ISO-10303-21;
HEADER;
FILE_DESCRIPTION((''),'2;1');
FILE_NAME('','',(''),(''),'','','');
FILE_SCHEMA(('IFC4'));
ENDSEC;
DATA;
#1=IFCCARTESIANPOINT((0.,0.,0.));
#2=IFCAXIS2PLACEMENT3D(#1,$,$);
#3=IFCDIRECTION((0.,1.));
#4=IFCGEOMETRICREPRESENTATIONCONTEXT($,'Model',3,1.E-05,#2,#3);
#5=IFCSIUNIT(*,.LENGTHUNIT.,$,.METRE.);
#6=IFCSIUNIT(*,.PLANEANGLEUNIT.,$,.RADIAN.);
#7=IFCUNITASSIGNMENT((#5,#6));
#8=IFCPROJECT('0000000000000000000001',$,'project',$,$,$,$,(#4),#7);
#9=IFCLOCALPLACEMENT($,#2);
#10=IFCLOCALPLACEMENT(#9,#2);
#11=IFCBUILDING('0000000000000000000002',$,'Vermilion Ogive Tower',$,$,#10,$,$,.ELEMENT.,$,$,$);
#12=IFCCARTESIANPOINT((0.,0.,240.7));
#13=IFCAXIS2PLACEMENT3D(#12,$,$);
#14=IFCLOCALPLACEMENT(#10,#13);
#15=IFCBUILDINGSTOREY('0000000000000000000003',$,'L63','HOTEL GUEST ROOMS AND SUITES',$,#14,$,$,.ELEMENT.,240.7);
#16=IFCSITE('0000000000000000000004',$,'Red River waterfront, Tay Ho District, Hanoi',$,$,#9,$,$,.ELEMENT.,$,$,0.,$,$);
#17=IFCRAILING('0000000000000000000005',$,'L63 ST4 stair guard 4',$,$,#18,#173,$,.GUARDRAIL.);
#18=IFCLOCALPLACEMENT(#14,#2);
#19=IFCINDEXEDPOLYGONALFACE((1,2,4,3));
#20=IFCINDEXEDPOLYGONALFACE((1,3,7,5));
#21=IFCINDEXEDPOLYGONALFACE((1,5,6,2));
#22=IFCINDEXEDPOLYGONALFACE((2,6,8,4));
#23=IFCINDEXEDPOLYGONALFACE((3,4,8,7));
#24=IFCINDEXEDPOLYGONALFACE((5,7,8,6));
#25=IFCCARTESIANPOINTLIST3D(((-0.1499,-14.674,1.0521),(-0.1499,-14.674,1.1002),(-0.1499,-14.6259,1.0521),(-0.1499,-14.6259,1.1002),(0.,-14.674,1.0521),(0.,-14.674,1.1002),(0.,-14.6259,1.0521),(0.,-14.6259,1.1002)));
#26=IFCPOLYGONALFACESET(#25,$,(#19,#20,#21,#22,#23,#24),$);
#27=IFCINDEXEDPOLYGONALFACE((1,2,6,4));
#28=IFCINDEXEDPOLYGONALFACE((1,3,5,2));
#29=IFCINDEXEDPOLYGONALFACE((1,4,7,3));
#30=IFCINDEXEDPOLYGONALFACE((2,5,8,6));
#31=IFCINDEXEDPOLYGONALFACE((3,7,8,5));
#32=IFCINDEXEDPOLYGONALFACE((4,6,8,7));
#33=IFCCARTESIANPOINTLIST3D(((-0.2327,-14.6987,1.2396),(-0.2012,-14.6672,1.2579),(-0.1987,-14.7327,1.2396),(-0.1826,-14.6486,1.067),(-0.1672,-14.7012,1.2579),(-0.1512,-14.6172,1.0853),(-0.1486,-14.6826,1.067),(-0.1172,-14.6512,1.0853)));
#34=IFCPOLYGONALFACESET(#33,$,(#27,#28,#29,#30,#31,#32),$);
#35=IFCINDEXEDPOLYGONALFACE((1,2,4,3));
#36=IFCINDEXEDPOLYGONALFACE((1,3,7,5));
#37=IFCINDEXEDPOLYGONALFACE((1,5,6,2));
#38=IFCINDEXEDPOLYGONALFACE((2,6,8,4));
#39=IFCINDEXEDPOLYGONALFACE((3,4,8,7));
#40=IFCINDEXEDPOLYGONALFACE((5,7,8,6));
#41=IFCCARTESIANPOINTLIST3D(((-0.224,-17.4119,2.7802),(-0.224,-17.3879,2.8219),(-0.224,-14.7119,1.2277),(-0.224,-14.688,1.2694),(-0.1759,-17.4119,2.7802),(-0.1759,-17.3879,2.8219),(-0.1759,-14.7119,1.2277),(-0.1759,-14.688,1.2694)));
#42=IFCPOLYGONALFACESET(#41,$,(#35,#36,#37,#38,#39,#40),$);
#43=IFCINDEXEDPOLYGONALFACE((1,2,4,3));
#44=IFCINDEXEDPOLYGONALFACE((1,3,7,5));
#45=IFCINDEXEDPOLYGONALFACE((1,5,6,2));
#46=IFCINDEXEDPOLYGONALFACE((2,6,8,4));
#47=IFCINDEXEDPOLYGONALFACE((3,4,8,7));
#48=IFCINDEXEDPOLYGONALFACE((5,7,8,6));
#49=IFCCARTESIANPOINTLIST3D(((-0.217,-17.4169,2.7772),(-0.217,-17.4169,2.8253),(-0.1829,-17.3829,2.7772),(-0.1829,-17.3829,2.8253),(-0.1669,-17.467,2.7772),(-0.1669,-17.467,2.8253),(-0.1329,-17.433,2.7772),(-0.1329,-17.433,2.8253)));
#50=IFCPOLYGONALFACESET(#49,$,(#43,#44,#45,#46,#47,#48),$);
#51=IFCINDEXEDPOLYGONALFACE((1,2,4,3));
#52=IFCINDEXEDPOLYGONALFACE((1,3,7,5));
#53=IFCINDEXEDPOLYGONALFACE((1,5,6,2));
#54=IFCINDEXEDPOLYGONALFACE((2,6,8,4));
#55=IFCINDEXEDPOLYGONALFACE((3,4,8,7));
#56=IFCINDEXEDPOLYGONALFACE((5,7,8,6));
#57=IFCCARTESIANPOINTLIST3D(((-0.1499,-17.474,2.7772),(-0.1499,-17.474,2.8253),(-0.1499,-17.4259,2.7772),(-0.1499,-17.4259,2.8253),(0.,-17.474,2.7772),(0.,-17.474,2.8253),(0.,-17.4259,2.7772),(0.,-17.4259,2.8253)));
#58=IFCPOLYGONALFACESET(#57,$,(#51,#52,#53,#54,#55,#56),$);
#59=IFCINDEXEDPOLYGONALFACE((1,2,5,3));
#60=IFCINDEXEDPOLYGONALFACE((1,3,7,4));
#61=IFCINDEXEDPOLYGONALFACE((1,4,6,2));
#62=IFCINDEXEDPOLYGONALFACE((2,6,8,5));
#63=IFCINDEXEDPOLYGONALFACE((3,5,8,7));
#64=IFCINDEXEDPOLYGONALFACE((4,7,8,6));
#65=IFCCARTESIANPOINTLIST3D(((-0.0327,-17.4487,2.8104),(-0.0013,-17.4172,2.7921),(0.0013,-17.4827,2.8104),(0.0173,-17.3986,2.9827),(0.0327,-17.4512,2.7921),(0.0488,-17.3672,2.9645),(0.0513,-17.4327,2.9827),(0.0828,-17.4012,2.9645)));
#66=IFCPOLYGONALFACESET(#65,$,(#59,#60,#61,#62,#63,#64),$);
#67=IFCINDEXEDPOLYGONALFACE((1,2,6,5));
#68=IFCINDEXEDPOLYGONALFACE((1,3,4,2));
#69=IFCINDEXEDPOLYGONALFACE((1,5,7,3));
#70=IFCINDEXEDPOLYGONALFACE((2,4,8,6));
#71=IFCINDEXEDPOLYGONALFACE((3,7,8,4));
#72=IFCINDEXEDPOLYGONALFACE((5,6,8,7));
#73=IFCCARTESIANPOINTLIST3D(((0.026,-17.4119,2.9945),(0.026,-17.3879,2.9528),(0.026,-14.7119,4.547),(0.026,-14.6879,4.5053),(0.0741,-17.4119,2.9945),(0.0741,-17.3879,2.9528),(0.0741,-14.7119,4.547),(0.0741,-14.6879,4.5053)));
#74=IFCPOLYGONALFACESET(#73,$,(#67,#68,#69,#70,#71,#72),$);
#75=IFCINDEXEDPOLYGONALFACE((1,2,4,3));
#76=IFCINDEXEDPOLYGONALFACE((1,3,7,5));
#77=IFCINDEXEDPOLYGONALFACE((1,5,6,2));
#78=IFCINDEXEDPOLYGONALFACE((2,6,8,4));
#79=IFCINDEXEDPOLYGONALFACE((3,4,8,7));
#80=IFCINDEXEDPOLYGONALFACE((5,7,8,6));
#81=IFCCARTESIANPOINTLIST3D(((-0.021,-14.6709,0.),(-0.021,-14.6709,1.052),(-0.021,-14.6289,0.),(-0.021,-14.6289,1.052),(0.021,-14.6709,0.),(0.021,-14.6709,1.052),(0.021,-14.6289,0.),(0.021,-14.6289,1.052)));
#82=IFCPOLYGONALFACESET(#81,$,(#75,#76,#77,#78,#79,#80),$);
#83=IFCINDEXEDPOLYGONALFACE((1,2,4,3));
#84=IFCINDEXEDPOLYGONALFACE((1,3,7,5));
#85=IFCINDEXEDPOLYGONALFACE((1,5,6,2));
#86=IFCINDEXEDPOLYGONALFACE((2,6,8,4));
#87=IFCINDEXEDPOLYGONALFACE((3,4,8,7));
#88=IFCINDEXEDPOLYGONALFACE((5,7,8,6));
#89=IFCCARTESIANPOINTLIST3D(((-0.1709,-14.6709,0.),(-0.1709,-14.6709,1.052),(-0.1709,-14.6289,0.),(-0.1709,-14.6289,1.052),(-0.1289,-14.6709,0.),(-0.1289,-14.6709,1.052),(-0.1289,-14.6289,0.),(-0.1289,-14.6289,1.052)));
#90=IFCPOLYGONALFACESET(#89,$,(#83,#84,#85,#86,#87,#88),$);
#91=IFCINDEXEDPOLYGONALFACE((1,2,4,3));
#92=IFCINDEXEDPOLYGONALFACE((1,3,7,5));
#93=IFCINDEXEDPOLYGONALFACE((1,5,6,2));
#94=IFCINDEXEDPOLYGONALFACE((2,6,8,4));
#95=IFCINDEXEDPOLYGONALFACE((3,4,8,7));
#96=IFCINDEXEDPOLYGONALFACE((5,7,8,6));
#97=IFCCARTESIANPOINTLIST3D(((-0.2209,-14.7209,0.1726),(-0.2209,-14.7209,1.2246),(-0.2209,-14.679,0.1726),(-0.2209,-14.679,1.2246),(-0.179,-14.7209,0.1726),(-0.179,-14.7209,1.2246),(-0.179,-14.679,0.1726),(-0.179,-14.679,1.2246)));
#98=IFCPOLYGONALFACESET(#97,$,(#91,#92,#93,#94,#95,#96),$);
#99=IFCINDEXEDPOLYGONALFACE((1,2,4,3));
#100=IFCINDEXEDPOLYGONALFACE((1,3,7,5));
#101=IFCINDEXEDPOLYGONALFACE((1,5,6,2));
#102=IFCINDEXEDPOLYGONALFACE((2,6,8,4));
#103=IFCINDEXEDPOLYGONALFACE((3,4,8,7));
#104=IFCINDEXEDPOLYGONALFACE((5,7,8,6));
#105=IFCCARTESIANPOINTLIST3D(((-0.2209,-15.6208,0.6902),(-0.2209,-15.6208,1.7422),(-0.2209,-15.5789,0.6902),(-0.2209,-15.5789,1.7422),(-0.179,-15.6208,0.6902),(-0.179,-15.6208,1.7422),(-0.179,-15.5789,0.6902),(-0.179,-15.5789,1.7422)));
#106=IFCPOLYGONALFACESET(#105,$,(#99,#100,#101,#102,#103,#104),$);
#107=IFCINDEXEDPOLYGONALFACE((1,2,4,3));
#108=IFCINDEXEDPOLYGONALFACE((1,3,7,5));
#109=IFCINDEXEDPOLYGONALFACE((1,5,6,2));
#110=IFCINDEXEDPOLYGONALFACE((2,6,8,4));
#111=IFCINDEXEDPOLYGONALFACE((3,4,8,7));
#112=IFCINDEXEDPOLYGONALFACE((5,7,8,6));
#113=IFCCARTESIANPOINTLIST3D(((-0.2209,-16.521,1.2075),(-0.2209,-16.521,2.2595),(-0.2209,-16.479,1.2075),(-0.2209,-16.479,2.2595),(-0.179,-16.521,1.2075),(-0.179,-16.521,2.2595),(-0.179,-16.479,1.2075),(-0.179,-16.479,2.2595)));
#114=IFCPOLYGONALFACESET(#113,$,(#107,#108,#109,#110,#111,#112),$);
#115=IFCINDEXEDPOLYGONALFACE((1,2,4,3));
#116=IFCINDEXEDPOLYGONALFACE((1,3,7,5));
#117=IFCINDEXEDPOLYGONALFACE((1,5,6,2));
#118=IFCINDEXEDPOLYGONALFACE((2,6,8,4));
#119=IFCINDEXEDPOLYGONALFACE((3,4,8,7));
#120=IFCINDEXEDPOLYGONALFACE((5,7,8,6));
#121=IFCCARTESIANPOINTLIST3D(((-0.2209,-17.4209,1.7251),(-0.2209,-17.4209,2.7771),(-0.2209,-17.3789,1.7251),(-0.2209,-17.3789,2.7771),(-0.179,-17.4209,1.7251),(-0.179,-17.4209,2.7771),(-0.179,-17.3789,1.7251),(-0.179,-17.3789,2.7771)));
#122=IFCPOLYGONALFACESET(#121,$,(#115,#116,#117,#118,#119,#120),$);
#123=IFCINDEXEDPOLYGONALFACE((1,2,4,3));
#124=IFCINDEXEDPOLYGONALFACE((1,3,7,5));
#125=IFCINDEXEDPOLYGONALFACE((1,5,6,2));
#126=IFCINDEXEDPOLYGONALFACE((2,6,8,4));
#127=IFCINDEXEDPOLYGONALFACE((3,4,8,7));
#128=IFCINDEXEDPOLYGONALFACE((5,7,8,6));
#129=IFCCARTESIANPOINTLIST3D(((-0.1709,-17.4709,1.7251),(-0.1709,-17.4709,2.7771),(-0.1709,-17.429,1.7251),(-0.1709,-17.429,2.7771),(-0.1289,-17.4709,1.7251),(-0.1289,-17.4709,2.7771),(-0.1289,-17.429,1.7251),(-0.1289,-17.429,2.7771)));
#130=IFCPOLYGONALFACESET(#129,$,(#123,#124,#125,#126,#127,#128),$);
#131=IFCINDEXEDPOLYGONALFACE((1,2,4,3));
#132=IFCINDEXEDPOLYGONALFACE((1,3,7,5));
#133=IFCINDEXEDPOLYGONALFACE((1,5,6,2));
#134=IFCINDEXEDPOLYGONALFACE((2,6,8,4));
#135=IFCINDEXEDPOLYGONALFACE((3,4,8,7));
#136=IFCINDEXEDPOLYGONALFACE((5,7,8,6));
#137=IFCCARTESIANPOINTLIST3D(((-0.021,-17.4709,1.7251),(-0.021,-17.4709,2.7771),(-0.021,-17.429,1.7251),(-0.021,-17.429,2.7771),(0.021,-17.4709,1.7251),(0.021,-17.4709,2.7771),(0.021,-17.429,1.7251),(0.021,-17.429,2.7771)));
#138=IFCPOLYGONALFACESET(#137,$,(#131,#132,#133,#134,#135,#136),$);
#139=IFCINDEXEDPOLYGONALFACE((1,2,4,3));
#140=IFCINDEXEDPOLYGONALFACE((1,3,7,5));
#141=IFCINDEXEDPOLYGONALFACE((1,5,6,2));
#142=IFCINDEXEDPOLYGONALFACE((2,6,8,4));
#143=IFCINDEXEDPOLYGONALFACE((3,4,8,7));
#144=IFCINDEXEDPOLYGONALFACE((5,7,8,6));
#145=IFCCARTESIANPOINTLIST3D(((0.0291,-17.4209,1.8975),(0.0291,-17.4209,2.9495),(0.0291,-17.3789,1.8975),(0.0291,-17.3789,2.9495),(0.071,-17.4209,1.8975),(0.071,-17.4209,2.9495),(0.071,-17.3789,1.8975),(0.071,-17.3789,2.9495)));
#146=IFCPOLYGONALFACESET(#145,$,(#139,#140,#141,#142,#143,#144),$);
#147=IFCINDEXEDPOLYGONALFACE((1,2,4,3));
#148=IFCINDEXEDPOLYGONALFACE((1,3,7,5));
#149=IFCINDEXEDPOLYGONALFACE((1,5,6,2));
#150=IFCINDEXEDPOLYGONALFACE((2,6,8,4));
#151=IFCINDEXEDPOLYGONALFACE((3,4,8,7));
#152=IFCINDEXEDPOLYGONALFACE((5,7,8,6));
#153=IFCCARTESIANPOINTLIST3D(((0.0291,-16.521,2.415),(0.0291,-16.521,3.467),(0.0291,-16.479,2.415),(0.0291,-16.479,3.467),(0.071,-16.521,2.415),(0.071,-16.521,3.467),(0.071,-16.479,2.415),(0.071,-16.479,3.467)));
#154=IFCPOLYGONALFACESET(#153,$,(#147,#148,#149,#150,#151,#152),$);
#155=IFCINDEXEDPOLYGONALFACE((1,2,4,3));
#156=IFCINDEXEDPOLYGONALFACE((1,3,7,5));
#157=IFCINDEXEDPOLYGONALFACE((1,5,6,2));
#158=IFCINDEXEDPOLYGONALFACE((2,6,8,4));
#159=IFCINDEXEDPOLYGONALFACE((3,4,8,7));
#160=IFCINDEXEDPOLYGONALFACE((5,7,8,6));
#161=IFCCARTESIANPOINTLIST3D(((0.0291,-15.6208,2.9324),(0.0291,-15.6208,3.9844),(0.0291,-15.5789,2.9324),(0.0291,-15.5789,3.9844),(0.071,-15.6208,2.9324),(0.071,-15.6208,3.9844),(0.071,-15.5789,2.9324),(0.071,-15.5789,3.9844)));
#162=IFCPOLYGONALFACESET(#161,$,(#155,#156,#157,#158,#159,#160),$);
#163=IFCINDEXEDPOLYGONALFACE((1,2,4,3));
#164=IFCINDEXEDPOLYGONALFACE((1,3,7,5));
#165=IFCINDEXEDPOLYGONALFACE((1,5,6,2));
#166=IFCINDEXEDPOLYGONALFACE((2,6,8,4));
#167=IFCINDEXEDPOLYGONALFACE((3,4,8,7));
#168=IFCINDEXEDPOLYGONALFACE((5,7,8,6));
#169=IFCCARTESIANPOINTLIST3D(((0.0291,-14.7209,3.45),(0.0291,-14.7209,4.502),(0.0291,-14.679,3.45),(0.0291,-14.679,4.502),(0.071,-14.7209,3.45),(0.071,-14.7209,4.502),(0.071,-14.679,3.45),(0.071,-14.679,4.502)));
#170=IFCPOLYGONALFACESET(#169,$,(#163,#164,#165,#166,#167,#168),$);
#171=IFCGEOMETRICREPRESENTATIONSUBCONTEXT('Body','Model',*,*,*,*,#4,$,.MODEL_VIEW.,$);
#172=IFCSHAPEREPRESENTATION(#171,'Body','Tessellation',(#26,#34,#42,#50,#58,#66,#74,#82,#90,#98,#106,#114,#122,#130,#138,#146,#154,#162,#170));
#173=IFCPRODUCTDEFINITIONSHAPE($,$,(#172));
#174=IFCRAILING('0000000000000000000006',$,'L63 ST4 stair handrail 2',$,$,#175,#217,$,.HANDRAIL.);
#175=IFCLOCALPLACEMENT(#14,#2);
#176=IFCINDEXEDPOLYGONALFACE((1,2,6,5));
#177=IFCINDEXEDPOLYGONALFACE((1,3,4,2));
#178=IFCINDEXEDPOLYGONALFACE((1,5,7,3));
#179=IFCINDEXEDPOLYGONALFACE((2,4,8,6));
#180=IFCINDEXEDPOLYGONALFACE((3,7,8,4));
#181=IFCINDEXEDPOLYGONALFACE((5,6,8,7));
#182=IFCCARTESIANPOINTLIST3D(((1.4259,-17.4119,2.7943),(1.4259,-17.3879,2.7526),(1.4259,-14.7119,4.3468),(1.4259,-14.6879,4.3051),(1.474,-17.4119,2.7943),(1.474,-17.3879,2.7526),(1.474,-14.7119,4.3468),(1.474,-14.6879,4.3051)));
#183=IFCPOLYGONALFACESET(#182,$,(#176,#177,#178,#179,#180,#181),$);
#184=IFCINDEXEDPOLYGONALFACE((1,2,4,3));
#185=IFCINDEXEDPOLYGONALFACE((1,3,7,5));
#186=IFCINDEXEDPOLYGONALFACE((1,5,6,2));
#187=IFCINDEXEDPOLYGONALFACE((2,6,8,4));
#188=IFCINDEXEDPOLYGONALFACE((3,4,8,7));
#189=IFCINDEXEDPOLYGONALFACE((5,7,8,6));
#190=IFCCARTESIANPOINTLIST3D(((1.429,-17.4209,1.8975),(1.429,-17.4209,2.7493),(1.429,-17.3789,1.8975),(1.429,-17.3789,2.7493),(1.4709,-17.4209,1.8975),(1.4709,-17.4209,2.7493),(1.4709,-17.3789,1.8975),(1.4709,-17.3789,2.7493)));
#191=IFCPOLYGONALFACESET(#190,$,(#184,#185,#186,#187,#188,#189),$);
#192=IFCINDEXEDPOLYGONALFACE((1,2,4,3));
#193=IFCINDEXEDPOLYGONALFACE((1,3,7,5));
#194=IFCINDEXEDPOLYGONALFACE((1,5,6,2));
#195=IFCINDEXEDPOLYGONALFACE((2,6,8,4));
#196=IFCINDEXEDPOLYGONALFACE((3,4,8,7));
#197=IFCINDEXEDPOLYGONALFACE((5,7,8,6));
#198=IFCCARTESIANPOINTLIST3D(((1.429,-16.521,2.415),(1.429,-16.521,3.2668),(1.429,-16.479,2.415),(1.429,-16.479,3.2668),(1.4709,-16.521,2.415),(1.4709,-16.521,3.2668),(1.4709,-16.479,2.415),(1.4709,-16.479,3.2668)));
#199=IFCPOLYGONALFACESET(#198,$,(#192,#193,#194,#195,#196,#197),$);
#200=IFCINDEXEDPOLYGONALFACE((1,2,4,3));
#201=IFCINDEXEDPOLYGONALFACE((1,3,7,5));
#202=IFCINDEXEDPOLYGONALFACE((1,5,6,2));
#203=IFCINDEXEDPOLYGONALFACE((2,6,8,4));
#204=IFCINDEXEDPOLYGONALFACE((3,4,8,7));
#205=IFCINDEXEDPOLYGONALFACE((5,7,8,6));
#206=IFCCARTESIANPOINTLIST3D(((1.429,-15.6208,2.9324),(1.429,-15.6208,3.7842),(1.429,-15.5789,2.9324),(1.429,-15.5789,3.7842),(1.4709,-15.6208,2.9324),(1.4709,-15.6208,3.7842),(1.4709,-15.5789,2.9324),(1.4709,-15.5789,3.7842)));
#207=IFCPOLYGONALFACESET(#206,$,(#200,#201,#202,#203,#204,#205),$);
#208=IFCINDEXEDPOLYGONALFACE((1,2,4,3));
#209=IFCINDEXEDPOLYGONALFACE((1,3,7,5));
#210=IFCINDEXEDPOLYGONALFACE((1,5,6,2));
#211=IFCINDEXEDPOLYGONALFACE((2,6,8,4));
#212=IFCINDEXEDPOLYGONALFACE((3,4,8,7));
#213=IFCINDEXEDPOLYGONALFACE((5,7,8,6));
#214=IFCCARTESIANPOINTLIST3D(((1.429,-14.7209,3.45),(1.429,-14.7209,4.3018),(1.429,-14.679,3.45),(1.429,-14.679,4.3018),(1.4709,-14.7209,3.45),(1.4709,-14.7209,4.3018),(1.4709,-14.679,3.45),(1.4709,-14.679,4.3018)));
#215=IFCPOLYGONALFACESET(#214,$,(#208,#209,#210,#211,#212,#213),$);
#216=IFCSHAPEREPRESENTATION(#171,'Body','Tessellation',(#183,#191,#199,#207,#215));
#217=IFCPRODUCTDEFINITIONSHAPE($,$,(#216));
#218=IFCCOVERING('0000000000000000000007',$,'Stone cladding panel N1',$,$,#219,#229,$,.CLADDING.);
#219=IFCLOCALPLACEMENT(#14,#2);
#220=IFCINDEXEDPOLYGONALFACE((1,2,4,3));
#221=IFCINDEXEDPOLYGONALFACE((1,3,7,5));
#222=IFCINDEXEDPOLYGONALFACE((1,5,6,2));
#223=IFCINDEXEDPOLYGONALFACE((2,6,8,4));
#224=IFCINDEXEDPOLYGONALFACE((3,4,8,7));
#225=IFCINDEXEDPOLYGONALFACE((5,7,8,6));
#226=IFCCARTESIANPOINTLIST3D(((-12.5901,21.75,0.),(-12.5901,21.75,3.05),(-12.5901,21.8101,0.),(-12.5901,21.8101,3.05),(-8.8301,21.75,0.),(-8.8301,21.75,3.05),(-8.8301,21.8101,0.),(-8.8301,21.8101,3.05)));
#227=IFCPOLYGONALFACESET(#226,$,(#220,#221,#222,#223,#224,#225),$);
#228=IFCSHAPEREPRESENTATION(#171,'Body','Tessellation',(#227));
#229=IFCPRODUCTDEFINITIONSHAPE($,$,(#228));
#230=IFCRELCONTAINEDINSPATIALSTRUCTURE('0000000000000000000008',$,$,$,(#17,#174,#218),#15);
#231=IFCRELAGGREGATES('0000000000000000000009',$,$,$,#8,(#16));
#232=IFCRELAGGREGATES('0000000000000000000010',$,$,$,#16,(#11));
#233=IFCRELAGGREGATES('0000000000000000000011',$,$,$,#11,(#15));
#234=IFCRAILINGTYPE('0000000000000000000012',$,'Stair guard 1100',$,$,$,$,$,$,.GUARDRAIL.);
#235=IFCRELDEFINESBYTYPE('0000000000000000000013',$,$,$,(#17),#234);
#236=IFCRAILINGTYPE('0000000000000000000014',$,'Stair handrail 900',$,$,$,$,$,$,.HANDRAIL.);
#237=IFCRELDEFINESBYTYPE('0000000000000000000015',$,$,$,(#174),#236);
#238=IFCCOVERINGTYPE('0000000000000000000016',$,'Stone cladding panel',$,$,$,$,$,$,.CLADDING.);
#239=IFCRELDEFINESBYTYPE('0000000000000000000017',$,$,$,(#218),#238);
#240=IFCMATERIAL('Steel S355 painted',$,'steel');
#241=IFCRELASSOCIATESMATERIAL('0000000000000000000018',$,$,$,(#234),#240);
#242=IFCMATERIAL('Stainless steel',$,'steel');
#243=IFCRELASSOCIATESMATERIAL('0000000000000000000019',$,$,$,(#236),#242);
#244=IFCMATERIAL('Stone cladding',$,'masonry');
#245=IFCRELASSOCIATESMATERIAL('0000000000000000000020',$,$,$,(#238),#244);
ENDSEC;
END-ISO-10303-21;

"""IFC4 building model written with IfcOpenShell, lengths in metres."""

from ifc_helpers import new_model, si_unit, direction, frame, origin, origin_2d, place, context, subcontext, project, spatial, polyline, rectangle, outline, extrude, material, type_object, element, save


model = new_model("IFC4")

# Units and contexts
model_context = context("Model", 3, precision=1e-05, world=origin(), true_north=direction((0.0, 1.0)))
body_context = subcontext(model_context, "Body", "Model", "MODEL_VIEW")
ifc_project = project(units=[si_unit("LENGTHUNIT", "METRE"), si_unit("PLANEANGLEUNIT", "RADIAN")], contexts=[model_context])

# Site, building, storey
site_placement = place(None, origin())
site = spatial("IfcSite", under=ifc_project, at=site_placement, Name="Red River waterfront, Tay Ho District, Hanoi", CompositionType="ELEMENT", RefElevation=0.0)
building_placement = place(site_placement, origin())
building = spatial("IfcBuilding", under=site, at=building_placement, Name="Vermilion Ogive Tower", CompositionType="ELEMENT")
storey_placement = place(building_placement, frame((0.0, 0.0, 240.7)))
storey = spatial("IfcBuildingStorey", under=building, at=storey_placement, Name="L63", Description="HOTEL GUEST ROOMS AND SUITES", CompositionType="ELEMENT", Elevation=240.7)

# Railings
ifc_material_1 = material(Name="Steel S355 painted", Category="steel")
railing_type_1 = type_object("IfcRailingType", Name="Stair guard 1100", PredefinedType="GUARDRAIL", material=ifc_material_1)
railing_1_placement = place(storey_placement, frame((0.0, -14.6499, 0.0)))
element("IfcRailing", 1, at=railing_1_placement, inside=storey, type_object=railing_type_1, Name="L63 ST4 stair guard 4", PredefinedType="GUARDRAIL", context=body_context, shape_type="SweptSolid", body=[
    extrude(rectangle(XDim=0.0481, YDim=0.0481, at=origin_2d()), frame((0.0, 0.0, 1.0762), z_axis=(-1.0, 0.0, 0.0), x_axis=(0.0, -1.0, 0.0)), (0.0, 0.0, 1.0), 0.1499),
    extrude(rectangle(XDim=0.0481, YDim=0.0481, at=origin_2d()), frame((-0.1499, 0.0, 1.0762), z_axis=(-0.268278, -0.268278, 0.925232), x_axis=(0.707107, -0.707107, 0.0)), (0.0, 0.0, 1.0), 0.1865),
    extrude(rectangle(XDim=0.0481, YDim=0.0481, at=origin_2d()), frame((-0.2, -0.05, 1.2485), z_axis=(0.0, -0.866904, 0.498476), x_axis=(1.0, 0.0, 0.0)), (0.0, 0.0, 1.0), 3.1145),
    extrude(rectangle(XDim=0.0481, YDim=0.0481, at=origin_2d()), frame((-0.2, -2.75, 2.8013), z_axis=(0.707107, -0.707107, 0.0), x_axis=(0.707107, 0.707107, 0.0)), (0.0, 0.0, 1.0), 0.0708),
    extrude(rectangle(XDim=0.0481, YDim=0.0481, at=origin_2d()), frame((-0.1499, -2.8, 2.8013), z_axis=(1.0, 0.0, 0.0), x_axis=(0.0, 1.0, 0.0)), (0.0, 0.0, 1.0), 0.1499),
    extrude(rectangle(XDim=0.0481, YDim=0.0481, at=origin_2d()), frame((0.0, -2.8, 2.8013), z_axis=(0.268603, 0.268603, 0.925043), x_axis=(-0.707107, 0.707107, 0.0)), (0.0, 0.0, 1.0), 0.1863),
    extrude(rectangle(XDim=0.0481, YDim=0.0481, at=origin_2d()), frame((0.05, -2.75, 2.9736), z_axis=(0.0, 0.866904, 0.498476), x_axis=(-1.0, 0.0, 0.0)), (0.0, 0.0, 1.0), 3.1145),
    extrude(rectangle(XDim=0.042, YDim=0.042, at=origin_2d()), origin(), (0.0, 0.0, 1.0), 1.052),
    extrude(rectangle(XDim=0.042, YDim=0.042, at=origin_2d()), frame((-0.1499, 0.0, 0.0)), (0.0, 0.0, 1.0), 1.052),
    extrude(rectangle(XDim=0.042, YDim=0.042, at=origin_2d()), frame((-0.2, -0.05, 0.1726)), (0.0, 0.0, 1.0), 1.052),
    extrude(rectangle(XDim=0.042, YDim=0.042, at=origin_2d()), frame((-0.2, -0.95, 0.6902)), (0.0, 0.0, 1.0), 1.052),
    extrude(rectangle(XDim=0.042, YDim=0.042, at=origin_2d()), frame((-0.2, -1.8501, 1.2075)), (0.0, 0.0, 1.0), 1.052),
    extrude(rectangle(XDim=0.042, YDim=0.042, at=origin_2d()), frame((-0.2, -2.75, 1.7251)), (0.0, 0.0, 1.0), 1.052),
    extrude(rectangle(XDim=0.042, YDim=0.042, at=origin_2d()), frame((-0.1499, -2.8, 1.7251)), (0.0, 0.0, 1.0), 1.052),
    extrude(rectangle(XDim=0.042, YDim=0.042, at=origin_2d()), frame((0.0, -2.8, 1.7251)), (0.0, 0.0, 1.0), 1.052),
    extrude(rectangle(XDim=0.042, YDim=0.042, at=origin_2d()), frame((0.05, -2.75, 1.8975)), (0.0, 0.0, 1.0), 1.052),
    extrude(rectangle(XDim=0.042, YDim=0.042, at=origin_2d()), frame((0.05, -1.8501, 2.415)), (0.0, 0.0, 1.0), 1.052),
    extrude(rectangle(XDim=0.042, YDim=0.042, at=origin_2d()), frame((0.05, -0.95, 2.9324)), (0.0, 0.0, 1.0), 1.052),
    extrude(rectangle(XDim=0.042, YDim=0.042, at=origin_2d()), frame((0.05, -0.05, 3.45)), (0.0, 0.0, 1.0), 1.052),
])
ifc_material_2 = material(Name="Stainless steel", Category="steel")
railing_type_2 = type_object("IfcRailingType", Name="Stair handrail 900", PredefinedType="HANDRAIL", material=ifc_material_2)
railing_2_placement = place(storey_placement, frame((1.45, -17.3999, 1.8975)))
element("IfcRailing", 2, at=railing_2_placement, inside=storey, type_object=railing_type_2, Name="L63 ST4 stair handrail 2", PredefinedType="HANDRAIL", context=body_context, shape_type="SweptSolid", body=[
    extrude(rectangle(XDim=0.0481, YDim=0.0481, at=origin_2d()), frame((0.0, 0.0, 0.876), z_axis=(0.0, 0.866904, 0.498476), x_axis=(-1.0, 0.0, 0.0)), (0.0, 0.0, 1.0), 3.1145),
    extrude(rectangle(XDim=0.042, YDim=0.042, at=origin_2d()), origin(), (0.0, 0.0, 1.0), 0.8518),
    extrude(rectangle(XDim=0.042, YDim=0.042, at=origin_2d()), frame((0.0, 0.8999, 0.5176)), (0.0, 0.0, 1.0), 0.8518),
    extrude(rectangle(XDim=0.042, YDim=0.042, at=origin_2d()), frame((0.0, 1.8, 1.0349)), (0.0, 0.0, 1.0), 0.8518),
    extrude(rectangle(XDim=0.042, YDim=0.042, at=origin_2d()), frame((0.0, 2.7, 1.5525)), (0.0, 0.0, 1.0), 0.8518),
])

# Covering
ifc_material_3 = material(Name="Stone cladding", Category="masonry")
covering_type_1 = type_object("IfcCoveringType", Name="Stone cladding panel", PredefinedType="CLADDING", material=ifc_material_3)
covering_1_placement = place(storey_placement, origin())
element("IfcCovering", 3, at=covering_1_placement, inside=storey, type_object=covering_type_1, Name="Stone cladding panel N1", PredefinedType="CLADDING", context=body_context, shape_type="SweptSolid", body=[
    extrude(outline(polyline([(-12.5901, 21.75), (-8.8301, 21.75), (-8.8301, 21.8101), (-12.5901, 21.8101), (-12.5901, 21.75)])), origin(), (0.0, 0.0, 1.0), 3.05),
])

save(model, "model.ifc")
